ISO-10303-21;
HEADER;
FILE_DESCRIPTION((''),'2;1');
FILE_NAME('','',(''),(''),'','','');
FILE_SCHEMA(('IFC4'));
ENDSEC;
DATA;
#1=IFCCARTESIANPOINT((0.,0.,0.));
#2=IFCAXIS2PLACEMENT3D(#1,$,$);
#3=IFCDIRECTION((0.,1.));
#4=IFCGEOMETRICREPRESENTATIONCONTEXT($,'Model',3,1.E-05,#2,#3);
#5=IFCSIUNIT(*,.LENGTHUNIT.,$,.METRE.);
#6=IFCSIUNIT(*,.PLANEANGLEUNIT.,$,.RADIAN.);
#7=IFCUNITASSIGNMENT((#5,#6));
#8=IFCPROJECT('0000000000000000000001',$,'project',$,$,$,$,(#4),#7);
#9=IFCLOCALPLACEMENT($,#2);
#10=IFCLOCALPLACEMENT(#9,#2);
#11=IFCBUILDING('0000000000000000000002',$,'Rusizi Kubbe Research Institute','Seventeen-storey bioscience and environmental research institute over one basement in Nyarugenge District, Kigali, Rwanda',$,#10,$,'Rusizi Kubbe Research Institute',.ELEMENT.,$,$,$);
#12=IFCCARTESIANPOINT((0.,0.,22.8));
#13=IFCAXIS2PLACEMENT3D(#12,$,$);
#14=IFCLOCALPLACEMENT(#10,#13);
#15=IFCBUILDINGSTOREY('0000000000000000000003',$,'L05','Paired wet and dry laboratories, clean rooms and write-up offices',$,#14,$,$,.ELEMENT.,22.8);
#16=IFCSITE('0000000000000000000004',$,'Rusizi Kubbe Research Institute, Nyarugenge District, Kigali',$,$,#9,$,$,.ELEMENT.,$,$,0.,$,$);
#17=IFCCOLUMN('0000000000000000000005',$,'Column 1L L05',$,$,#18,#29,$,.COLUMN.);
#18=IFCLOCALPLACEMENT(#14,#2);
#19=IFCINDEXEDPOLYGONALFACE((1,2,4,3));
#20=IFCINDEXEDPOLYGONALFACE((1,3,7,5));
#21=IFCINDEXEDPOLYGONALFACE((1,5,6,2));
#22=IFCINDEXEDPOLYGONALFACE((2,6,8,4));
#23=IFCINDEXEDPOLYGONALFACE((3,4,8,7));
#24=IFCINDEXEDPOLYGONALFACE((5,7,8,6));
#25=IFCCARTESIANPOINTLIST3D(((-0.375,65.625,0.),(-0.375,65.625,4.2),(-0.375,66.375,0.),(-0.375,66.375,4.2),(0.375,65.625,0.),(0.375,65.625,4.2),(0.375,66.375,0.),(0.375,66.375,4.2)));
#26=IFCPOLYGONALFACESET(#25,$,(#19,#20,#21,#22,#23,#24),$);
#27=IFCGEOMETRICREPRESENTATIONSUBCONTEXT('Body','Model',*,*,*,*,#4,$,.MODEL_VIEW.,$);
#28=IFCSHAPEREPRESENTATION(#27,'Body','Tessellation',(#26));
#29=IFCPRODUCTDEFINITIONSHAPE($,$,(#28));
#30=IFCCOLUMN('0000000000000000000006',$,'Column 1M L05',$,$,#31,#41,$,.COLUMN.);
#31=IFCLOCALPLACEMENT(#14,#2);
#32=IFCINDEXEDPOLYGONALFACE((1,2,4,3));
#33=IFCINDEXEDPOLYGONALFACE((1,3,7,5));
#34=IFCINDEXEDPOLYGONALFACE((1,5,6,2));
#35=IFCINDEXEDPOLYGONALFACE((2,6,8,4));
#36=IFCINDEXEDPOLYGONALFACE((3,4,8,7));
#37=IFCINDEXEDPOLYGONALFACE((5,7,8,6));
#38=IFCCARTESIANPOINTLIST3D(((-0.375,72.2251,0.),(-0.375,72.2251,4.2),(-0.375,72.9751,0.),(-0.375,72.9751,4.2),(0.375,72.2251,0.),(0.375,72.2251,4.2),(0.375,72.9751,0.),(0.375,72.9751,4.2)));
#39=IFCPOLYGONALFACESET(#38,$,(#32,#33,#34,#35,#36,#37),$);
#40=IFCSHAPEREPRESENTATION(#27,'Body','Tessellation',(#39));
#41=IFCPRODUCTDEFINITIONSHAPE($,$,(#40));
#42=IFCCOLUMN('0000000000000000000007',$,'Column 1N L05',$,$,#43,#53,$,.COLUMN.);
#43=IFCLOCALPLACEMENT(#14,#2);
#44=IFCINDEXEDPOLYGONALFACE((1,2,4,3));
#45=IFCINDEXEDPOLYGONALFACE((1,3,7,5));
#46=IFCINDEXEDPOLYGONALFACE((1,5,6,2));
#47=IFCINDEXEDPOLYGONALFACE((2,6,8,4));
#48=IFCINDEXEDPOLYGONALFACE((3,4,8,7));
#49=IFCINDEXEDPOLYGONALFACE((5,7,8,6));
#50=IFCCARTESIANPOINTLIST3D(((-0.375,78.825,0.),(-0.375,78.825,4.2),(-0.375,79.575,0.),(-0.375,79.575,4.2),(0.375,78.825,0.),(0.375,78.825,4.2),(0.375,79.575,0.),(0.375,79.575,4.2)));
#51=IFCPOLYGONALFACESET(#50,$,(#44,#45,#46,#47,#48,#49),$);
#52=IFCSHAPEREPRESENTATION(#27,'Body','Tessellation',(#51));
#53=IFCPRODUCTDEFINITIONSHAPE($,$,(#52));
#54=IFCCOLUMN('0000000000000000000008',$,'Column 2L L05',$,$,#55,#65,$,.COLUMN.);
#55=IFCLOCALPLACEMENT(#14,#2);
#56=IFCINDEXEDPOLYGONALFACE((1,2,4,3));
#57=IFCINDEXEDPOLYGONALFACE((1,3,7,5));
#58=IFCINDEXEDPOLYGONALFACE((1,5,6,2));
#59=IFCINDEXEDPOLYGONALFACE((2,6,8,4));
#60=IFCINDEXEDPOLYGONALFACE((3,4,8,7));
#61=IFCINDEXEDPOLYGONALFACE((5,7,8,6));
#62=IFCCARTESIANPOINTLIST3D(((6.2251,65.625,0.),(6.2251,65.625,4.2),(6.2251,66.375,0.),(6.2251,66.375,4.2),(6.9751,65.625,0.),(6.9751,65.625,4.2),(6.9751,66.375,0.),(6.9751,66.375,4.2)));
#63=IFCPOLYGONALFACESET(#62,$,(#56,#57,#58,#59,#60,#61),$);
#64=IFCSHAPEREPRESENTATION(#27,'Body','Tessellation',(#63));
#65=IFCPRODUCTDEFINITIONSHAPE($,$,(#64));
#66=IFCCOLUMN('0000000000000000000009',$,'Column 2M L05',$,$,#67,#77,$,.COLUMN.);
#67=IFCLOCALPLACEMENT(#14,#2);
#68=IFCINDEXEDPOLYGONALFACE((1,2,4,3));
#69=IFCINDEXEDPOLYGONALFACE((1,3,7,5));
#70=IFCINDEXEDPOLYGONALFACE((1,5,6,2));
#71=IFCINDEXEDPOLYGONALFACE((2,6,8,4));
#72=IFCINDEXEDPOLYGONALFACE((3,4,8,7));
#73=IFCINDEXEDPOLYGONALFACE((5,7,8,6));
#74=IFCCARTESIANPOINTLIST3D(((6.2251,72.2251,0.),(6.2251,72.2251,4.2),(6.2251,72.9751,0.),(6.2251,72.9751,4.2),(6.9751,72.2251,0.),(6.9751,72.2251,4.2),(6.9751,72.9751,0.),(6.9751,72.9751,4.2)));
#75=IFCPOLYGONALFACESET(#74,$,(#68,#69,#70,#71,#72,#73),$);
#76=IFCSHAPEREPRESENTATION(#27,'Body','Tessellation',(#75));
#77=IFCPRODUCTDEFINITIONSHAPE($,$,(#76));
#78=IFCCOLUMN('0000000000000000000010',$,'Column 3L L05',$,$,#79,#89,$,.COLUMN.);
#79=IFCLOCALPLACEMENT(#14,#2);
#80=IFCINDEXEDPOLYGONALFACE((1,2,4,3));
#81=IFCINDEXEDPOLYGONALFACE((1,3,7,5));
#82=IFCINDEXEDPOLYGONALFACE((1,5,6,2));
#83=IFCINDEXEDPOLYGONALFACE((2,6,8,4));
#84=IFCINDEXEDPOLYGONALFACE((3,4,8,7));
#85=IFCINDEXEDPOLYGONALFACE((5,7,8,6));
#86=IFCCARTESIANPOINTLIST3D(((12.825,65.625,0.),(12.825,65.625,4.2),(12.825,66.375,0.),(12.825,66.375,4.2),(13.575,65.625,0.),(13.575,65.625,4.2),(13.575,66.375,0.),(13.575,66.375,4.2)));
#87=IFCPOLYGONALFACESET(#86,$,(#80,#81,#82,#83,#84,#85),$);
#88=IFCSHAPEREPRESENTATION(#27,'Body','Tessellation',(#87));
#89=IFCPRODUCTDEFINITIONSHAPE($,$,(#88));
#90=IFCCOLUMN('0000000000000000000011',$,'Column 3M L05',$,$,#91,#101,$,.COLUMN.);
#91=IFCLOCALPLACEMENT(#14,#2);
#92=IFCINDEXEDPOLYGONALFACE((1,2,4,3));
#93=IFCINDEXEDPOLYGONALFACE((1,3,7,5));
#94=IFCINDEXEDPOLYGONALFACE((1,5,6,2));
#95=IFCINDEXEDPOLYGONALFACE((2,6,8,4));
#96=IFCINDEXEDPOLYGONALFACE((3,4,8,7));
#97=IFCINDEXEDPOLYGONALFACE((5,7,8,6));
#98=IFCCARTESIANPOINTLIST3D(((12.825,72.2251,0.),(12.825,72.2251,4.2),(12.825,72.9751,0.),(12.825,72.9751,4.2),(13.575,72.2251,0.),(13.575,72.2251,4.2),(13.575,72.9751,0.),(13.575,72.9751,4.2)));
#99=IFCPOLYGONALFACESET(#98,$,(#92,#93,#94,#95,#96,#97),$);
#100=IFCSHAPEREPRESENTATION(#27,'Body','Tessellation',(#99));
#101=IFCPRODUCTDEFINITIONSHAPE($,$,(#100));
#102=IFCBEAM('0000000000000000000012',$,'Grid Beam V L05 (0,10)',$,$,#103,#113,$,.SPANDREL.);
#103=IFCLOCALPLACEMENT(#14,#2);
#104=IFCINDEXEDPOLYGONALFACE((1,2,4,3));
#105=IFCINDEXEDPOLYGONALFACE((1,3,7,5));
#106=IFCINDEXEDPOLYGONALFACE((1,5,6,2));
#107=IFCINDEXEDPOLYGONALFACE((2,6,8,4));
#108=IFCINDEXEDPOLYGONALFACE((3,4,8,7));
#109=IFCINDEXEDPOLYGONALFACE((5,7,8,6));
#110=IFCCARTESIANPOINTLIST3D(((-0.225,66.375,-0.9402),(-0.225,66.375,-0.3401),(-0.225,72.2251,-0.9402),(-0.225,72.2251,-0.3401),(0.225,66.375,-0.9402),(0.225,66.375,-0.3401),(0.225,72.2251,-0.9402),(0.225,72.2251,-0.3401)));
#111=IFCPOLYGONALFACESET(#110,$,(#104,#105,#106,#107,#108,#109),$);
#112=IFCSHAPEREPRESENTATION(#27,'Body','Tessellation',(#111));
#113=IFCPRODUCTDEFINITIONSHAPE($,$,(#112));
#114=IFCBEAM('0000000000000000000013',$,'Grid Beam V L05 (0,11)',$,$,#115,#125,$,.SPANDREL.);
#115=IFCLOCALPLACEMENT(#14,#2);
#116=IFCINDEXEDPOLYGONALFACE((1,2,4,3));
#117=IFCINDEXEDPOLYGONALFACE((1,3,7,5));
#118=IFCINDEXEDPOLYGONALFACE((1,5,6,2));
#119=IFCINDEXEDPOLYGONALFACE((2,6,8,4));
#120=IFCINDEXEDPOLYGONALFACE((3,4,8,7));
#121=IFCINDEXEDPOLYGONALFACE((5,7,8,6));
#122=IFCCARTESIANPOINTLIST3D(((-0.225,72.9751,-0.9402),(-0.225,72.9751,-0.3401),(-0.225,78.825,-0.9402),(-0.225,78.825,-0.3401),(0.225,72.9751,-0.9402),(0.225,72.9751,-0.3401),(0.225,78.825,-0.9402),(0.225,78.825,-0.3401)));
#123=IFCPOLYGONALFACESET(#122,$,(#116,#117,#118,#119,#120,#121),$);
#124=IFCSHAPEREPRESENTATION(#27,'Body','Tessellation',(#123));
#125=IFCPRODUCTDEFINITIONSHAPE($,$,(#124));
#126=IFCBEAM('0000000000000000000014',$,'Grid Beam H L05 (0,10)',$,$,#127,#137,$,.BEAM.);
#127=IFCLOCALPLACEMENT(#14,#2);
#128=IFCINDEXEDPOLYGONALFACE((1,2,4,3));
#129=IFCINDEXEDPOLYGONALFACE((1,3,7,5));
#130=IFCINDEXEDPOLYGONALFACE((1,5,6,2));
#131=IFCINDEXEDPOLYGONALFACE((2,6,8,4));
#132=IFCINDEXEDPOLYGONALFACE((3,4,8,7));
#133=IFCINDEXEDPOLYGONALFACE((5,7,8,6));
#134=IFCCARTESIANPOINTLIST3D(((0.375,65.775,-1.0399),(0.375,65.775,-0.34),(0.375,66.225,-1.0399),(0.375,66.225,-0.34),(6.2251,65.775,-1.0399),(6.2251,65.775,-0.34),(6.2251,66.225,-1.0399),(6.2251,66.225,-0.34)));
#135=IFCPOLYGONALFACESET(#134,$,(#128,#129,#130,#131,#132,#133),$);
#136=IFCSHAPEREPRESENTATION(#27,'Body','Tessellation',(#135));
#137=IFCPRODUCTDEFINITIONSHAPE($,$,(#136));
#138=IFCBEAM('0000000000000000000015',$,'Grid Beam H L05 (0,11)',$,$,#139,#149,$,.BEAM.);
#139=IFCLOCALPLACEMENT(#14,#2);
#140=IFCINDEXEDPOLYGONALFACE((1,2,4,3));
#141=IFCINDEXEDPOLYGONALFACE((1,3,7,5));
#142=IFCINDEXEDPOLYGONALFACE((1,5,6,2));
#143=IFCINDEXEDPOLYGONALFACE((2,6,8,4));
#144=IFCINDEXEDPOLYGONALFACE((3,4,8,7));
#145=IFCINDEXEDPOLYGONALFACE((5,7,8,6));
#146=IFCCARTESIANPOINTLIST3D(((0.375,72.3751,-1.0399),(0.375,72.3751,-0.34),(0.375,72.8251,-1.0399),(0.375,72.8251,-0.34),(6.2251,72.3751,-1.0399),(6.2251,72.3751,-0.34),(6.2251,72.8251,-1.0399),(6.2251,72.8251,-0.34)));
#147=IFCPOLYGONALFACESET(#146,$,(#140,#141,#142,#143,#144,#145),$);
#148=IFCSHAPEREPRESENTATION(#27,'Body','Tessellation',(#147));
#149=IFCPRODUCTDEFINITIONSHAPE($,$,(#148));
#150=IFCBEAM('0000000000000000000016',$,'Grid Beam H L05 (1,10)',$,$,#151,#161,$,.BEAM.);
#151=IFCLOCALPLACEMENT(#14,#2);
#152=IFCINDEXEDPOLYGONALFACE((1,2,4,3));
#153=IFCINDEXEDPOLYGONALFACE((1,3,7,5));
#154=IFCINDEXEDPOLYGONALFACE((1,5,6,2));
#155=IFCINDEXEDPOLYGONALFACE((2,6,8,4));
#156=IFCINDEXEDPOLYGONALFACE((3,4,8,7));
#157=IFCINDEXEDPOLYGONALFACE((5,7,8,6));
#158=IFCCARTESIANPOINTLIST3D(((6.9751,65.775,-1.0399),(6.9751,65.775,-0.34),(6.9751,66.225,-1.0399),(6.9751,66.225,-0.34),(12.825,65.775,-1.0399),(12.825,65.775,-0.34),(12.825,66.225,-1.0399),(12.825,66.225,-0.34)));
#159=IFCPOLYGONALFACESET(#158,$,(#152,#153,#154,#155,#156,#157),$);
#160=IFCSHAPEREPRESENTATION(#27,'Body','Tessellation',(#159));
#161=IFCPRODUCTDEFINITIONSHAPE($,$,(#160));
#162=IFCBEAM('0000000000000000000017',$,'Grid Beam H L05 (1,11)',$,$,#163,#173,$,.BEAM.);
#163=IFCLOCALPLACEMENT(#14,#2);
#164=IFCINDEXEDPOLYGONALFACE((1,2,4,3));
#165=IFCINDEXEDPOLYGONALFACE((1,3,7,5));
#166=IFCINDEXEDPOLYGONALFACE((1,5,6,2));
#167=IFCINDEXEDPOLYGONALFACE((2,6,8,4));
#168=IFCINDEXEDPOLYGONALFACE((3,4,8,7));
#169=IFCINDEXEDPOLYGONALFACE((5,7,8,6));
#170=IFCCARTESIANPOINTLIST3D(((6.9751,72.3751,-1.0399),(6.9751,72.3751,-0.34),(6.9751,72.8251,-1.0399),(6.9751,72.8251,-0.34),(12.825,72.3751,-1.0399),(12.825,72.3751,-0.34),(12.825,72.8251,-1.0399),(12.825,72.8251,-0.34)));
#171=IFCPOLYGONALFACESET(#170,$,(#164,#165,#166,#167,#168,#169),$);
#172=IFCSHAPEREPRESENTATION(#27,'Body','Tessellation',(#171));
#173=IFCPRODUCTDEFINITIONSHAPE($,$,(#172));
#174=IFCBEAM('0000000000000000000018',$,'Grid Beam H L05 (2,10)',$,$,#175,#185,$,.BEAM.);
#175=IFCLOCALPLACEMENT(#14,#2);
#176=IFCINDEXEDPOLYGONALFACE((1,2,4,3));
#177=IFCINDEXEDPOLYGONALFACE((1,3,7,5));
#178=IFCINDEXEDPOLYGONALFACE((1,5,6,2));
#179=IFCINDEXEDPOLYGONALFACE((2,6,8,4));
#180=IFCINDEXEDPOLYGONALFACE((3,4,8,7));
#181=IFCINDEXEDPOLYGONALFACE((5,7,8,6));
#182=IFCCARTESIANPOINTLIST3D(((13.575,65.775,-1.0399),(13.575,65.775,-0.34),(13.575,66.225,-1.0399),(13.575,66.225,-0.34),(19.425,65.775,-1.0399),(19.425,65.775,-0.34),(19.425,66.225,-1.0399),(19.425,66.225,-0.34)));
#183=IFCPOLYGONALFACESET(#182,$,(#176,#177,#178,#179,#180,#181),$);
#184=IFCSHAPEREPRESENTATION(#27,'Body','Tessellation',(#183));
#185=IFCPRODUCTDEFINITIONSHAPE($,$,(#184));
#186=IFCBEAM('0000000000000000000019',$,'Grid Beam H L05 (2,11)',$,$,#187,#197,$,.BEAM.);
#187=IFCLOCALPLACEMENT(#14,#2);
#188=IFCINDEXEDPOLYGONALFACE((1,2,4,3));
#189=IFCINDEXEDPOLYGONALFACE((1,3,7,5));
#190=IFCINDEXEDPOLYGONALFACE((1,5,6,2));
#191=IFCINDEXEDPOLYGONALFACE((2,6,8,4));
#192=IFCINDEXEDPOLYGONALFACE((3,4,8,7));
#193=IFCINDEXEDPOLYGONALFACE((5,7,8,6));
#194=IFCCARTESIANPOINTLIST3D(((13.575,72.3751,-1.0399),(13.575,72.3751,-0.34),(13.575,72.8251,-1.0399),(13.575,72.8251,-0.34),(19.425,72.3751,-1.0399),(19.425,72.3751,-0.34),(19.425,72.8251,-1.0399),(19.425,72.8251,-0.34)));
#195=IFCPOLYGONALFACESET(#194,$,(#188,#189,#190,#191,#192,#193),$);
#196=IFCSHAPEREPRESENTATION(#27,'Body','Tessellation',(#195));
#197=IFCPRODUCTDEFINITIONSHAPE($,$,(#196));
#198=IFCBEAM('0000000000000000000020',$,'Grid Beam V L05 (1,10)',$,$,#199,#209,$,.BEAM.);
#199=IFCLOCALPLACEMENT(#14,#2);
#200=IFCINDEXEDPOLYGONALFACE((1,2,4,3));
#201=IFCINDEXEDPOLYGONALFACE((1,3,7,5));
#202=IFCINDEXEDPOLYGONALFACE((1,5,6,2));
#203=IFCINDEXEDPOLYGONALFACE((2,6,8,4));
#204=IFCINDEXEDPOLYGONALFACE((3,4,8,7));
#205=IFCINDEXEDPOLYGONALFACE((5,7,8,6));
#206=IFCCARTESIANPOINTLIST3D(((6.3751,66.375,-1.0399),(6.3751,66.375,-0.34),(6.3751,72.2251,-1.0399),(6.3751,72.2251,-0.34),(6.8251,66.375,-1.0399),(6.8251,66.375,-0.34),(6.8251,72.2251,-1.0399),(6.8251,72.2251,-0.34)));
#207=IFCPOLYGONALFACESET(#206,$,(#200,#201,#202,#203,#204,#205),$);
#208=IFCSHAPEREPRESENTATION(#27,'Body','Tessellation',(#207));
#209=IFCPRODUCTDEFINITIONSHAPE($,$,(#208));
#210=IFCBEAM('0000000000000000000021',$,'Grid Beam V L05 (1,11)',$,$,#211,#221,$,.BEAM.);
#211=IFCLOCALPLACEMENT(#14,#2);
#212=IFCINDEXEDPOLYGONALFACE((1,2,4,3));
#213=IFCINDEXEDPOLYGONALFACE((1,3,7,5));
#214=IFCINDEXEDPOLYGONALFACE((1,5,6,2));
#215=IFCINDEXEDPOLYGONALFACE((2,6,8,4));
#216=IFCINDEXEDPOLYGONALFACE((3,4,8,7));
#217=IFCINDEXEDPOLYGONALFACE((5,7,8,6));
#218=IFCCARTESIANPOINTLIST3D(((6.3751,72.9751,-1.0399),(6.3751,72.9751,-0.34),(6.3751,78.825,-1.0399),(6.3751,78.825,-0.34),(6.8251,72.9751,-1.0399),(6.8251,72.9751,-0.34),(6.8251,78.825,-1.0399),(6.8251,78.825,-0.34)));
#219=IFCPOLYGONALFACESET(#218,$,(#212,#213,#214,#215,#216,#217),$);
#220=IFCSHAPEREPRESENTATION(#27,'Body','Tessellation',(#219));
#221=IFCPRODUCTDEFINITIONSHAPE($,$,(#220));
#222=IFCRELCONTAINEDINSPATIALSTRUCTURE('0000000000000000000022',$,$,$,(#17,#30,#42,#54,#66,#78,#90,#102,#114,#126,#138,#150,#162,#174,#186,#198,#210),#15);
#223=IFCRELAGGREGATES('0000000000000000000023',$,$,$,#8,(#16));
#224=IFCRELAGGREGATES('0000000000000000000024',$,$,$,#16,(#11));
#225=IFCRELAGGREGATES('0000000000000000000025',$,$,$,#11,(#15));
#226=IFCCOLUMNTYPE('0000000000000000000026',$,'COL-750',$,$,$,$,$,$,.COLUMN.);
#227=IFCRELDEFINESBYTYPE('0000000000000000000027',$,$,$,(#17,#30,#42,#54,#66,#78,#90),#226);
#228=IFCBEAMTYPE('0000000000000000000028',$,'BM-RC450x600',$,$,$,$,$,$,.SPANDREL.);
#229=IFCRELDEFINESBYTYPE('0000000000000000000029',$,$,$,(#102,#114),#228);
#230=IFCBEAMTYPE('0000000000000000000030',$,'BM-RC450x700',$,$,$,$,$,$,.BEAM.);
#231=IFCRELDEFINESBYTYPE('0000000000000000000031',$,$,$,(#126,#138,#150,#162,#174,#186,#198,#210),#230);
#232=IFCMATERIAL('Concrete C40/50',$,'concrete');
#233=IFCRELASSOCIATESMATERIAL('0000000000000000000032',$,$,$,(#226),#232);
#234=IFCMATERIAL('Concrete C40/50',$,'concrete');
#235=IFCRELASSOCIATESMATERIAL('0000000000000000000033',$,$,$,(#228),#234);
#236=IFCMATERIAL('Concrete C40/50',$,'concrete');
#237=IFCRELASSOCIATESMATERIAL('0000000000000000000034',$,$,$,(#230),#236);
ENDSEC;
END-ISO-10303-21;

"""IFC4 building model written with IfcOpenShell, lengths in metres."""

from ifc_helpers import new_model, si_unit, direction, frame, origin, origin_2d, place, context, subcontext, project, spatial, rectangle, extrude, material, material_profile, profile_set, type_object, element, save


model = new_model("IFC4")

# Units and contexts
model_context = context("Model", 3, precision=1e-05, world=origin(), true_north=direction((0.0, 1.0)))
body_context = subcontext(model_context, "Body", "Model", "MODEL_VIEW")
ifc_project = project(units=[si_unit("LENGTHUNIT", "METRE"), si_unit("PLANEANGLEUNIT", "RADIAN")], contexts=[model_context])

# Site, building, storey
site_placement = place(None, origin())
site = spatial("IfcSite", under=ifc_project, at=site_placement, Name="Rusizi Kubbe Research Institute, Nyarugenge District, Kigali", CompositionType="ELEMENT", RefElevation=0.0)
building_placement = place(site_placement, origin())
building = spatial("IfcBuilding", under=site, at=building_placement, Name="Rusizi Kubbe Research Institute", Description="Seventeen-storey bioscience and environmental research institute over one basement in Nyarugenge District, Kigali, Rwanda", LongName="Rusizi Kubbe Research Institute", CompositionType="ELEMENT")
storey_placement = place(building_placement, frame((0.0, 0.0, 22.8)))
storey = spatial("IfcBuildingStorey", under=building, at=storey_placement, Name="L05", Description="Paired wet and dry laboratories, clean rooms and write-up offices", CompositionType="ELEMENT", Elevation=22.8)

# Columns
ifc_material_1 = material(Name="Concrete C40/50", Category="concrete")
ifc_material_profile_1 = material_profile(ifc_material_1, rectangle(XDim=0.75, YDim=0.75, at=origin_2d()), Name="RC750x750")
ifc_profile_set_1 = profile_set([ifc_material_profile_1], Name="Concrete C40/50")
column_type = type_object("IfcColumnType", Name="COL-750", PredefinedType="COLUMN", material=ifc_profile_set_1)
for number, where, z_axis, x_axis, name in (
    (1, (0.0, 66.0, 0.0), (0.0, 0.0, 1.0), (1.0, 0.0, 0.0), "Column 1L L05"),
    (2, (0.0, 72.6001, 0.0), (0.0, 0.0, 1.0), (1.0, 0.0, 0.0), "Column 1M L05"),
    (3, (0.0, 79.2, 0.0), (0.0, 0.0, 1.0), (1.0, 0.0, 0.0), "Column 1N L05"),
    (4, (6.6001, 66.0, 0.0), (0.0, 0.0, 1.0), (1.0, 0.0, 0.0), "Column 2L L05"),
    (5, (6.6001, 72.6001, 0.0), (0.0, 0.0, 1.0), (1.0, 0.0, 0.0), "Column 2M L05"),
    (6, (13.2, 66.0, 0.0), (0.0, 0.0, 1.0), (1.0, 0.0, 0.0), "Column 3L L05"),
    (7, (13.2, 72.6001, 0.0), (0.0, 0.0, 1.0), (1.0, 0.0, 0.0), "Column 3M L05"),
):
    element("IfcColumn", number, at=place(storey_placement, frame(where, z_axis=z_axis, x_axis=x_axis)), inside=storey, type_object=column_type, Name=name, PredefinedType="COLUMN", context=body_context, shape_type="SweptSolid", body=[
        extrude(rectangle(XDim=0.75, YDim=0.75, at=origin_2d()), origin(), (0.0, 0.0, 1.0), 4.2),
    ])

# Beams
ifc_material_2 = material(Name="Concrete C40/50", Category="concrete")
ifc_material_profile_2 = material_profile(ifc_material_2, rectangle(XDim=0.45, YDim=0.6001, at=origin_2d()), Name="RC450x600")
ifc_profile_set_2 = profile_set([ifc_material_profile_2], Name="Concrete C40/50")
beam_type_1 = type_object("IfcBeamType", Name="BM-RC450x600", PredefinedType="SPANDREL", material=ifc_profile_set_2)
beam_1_placement = place(storey_placement, frame((0.0, 66.375, -0.6401), z_axis=(0.0, 1.0, 0.0), x_axis=(-1.0, 0.0, 0.0)))
element("IfcBeam", 8, at=beam_1_placement, inside=storey, type_object=beam_type_1, Name="Grid Beam V L05 (0,10)", PredefinedType="SPANDREL", context=body_context, shape_type="SweptSolid", body=[
    extrude(rectangle(XDim=0.45, YDim=0.6001, at=origin_2d()), origin(), (0.0, 0.0, 1.0), 5.8501),
])
beam_2_placement = place(storey_placement, frame((0.0, 72.9751, -0.6401), z_axis=(0.0, 1.0, 0.0), x_axis=(-1.0, 0.0, 0.0)))
element("IfcBeam", 9, at=beam_2_placement, inside=storey, type_object=beam_type_1, Name="Grid Beam V L05 (0,11)", PredefinedType="SPANDREL", context=body_context, shape_type="SweptSolid", body=[
    extrude(rectangle(XDim=0.45, YDim=0.6001, at=origin_2d()), origin(), (0.0, 0.0, 1.0), 5.8499),
])
ifc_material_3 = material(Name="Concrete C40/50", Category="concrete")
ifc_material_profile_3 = material_profile(ifc_material_3, rectangle(XDim=0.45, YDim=0.7, at=origin_2d()), Name="RC450x700B")
ifc_profile_set_3 = profile_set([ifc_material_profile_3], Name="Concrete C40/50")
beam_type_2 = type_object("IfcBeamType", Name="BM-RC450x700", PredefinedType="BEAM", material=ifc_profile_set_3)
for number, where, z_axis, x_axis, name in (
    (10, (0.375, 66.0, -0.6899), (1.0, 0.0, 0.0), (0.0, 1.0, 0.0), "Grid Beam H L05 (0,10)"),
    (11, (0.375, 72.6001, -0.6899), (1.0, 0.0, 0.0), (0.0, 1.0, 0.0), "Grid Beam H L05 (0,11)"),
):
    element("IfcBeam", number, at=place(storey_placement, frame(where, z_axis=z_axis, x_axis=x_axis)), inside=storey, type_object=beam_type_2, Name=name, PredefinedType="BEAM", context=body_context, shape_type="SweptSolid", body=[
        extrude(rectangle(XDim=0.45, YDim=0.7, at=origin_2d()), origin(), (0.0, 0.0, 1.0), 5.8501),
    ])
for number, where, z_axis, x_axis, name in (
    (12, (6.9751, 66.0, -0.6899), (1.0, 0.0, 0.0), (0.0, 1.0, 0.0), "Grid Beam H L05 (1,10)"),
    (13, (6.9751, 72.6001, -0.6899), (1.0, 0.0, 0.0), (0.0, 1.0, 0.0), "Grid Beam H L05 (1,11)"),
):
    element("IfcBeam", number, at=place(storey_placement, frame(where, z_axis=z_axis, x_axis=x_axis)), inside=storey, type_object=beam_type_2, Name=name, PredefinedType="BEAM", context=body_context, shape_type="SweptSolid", body=[
        extrude(rectangle(XDim=0.45, YDim=0.7, at=origin_2d()), origin(), (0.0, 0.0, 1.0), 5.8499),
    ])
for number, where, z_axis, x_axis, name in (
    (14, (13.575, 66.0, -0.6899), (1.0, 0.0, 0.0), (0.0, 1.0, 0.0), "Grid Beam H L05 (2,10)"),
    (15, (13.575, 72.6001, -0.6899), (1.0, 0.0, 0.0), (0.0, 1.0, 0.0), "Grid Beam H L05 (2,11)"),
    (16, (6.6001, 66.375, -0.6899), (0.0, 1.0, 0.0), (-1.0, 0.0, 0.0), "Grid Beam V L05 (1,10)"),
):
    element("IfcBeam", number, at=place(storey_placement, frame(where, z_axis=z_axis, x_axis=x_axis)), inside=storey, type_object=beam_type_2, Name=name, PredefinedType="BEAM", context=body_context, shape_type="SweptSolid", body=[
        extrude(rectangle(XDim=0.45, YDim=0.7, at=origin_2d()), origin(), (0.0, 0.0, 1.0), 5.8501),
    ])
beam_3_placement = place(storey_placement, frame((6.6001, 72.9751, -0.6899), z_axis=(0.0, 1.0, 0.0), x_axis=(-1.0, 0.0, 0.0)))
element("IfcBeam", 17, at=beam_3_placement, inside=storey, type_object=beam_type_2, Name="Grid Beam V L05 (1,11)", PredefinedType="BEAM", context=body_context, shape_type="SweptSolid", body=[
    extrude(rectangle(XDim=0.45, YDim=0.7, at=origin_2d()), origin(), (0.0, 0.0, 1.0), 5.8499),
])

save(model, "model.ifc")
